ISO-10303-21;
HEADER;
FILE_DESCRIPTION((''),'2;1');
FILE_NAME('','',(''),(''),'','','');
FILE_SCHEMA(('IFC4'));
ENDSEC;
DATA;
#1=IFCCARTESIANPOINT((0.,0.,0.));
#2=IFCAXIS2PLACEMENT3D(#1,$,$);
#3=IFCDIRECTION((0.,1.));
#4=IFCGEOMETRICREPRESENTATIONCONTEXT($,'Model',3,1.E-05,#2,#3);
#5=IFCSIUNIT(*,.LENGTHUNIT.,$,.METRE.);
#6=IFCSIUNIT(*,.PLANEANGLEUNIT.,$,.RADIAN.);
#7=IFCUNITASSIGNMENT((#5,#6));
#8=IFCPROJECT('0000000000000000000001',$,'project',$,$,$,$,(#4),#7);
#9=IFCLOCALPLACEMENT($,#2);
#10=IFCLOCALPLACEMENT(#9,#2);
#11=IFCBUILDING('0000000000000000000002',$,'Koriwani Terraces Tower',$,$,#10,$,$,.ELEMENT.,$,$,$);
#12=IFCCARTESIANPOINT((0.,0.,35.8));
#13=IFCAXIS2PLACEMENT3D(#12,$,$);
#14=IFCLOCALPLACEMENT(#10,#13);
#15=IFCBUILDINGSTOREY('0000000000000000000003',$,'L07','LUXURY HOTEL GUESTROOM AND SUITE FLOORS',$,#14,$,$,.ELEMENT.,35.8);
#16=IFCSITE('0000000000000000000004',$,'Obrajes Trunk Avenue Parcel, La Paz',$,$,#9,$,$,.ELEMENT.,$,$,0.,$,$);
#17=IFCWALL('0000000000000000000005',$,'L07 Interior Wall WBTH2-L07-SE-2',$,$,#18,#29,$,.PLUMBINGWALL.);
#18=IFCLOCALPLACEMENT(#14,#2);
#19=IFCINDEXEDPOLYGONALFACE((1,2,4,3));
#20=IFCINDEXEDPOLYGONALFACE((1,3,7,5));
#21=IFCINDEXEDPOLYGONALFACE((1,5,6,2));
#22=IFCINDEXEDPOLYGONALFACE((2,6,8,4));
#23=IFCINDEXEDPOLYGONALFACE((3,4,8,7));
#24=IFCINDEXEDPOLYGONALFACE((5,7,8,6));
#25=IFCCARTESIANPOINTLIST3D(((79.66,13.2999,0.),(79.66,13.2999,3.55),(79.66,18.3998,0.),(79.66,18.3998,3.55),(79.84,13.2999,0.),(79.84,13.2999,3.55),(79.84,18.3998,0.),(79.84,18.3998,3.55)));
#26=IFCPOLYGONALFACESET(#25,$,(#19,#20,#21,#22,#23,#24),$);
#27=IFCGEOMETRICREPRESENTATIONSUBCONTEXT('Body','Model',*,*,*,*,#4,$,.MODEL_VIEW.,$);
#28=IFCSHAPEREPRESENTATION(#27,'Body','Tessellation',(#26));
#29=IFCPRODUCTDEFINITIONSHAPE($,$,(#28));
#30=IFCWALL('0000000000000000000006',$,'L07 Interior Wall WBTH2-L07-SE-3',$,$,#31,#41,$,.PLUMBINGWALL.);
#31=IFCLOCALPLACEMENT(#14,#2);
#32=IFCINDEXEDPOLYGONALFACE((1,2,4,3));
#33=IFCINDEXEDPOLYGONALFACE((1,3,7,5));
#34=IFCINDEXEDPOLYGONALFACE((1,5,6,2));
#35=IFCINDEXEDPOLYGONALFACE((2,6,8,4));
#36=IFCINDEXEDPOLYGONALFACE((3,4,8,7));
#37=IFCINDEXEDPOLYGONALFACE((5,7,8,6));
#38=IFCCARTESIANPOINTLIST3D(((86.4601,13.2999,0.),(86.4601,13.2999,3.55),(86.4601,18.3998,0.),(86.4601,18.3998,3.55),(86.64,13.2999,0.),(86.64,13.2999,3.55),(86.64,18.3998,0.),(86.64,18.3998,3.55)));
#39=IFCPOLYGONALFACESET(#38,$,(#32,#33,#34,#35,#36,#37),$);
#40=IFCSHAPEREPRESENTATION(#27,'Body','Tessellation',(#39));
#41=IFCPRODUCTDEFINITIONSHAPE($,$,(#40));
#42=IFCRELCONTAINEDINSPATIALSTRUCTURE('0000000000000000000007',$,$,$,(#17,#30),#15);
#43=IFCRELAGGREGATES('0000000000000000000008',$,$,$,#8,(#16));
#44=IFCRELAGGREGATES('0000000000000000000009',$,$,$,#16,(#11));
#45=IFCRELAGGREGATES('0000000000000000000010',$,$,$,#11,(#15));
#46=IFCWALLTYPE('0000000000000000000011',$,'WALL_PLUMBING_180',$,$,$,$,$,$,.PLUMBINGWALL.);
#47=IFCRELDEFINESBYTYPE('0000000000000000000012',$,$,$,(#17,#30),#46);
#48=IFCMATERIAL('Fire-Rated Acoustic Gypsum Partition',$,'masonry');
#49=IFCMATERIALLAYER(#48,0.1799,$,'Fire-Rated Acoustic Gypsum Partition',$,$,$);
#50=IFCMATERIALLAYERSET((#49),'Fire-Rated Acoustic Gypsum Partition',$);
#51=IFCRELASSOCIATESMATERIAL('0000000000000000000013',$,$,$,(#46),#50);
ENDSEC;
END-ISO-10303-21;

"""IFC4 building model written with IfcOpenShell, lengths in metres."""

from ifc_helpers import new_model, si_unit, direction, frame, frame_2d, origin, place, context, subcontext, project, spatial, rectangle, extrude, material, layer, layer_set, type_object, element, save


model = new_model("IFC4")

# Units and contexts
model_context = context("Model", 3, precision=1e-05, world=origin(), true_north=direction((0.0, 1.0)))
body_context = subcontext(model_context, "Body", "Model", "MODEL_VIEW")
ifc_project = project(units=[si_unit("LENGTHUNIT", "METRE"), si_unit("PLANEANGLEUNIT", "RADIAN")], contexts=[model_context])

# Site, building, storey
site_placement = place(None, origin())
site = spatial("IfcSite", under=ifc_project, at=site_placement, Name="Obrajes Trunk Avenue Parcel, La Paz", CompositionType="ELEMENT", RefElevation=0.0)
building_placement = place(site_placement, origin())
building = spatial("IfcBuilding", under=site, at=building_placement, Name="Koriwani Terraces Tower", CompositionType="ELEMENT")
storey_placement = place(building_placement, frame((0.0, 0.0, 35.8)))
storey = spatial("IfcBuildingStorey", under=building, at=storey_placement, Name="L07", Description="LUXURY HOTEL GUESTROOM AND SUITE FLOORS", CompositionType="ELEMENT", Elevation=35.8)

# Walls
ifc_material_1 = material(Name="Fire-Rated Acoustic Gypsum Partition", Category="masonry")
ifc_layer_1 = layer(ifc_material_1, 0.1799, Name="Fire-Rated Acoustic Gypsum Partition")
ifc_layer_set_1 = layer_set([ifc_layer_1], Name="Fire-Rated Acoustic Gypsum Partition")
wall_type_1 = type_object("IfcWallType", Name="WALL_PLUMBING_180", PredefinedType="PLUMBINGWALL", material=ifc_layer_set_1)
for number, where, z_axis, x_axis, name in (
    (1, (79.75, 13.3, 0.0), (0.0, 0.0, 1.0), (0.0, 1.0, 0.0), "L07 Interior Wall WBTH2-L07-SE-2"),
    (2, (86.55, 13.3, 0.0), (0.0, 0.0, 1.0), (0.0, 1.0, 0.0), "L07 Interior Wall WBTH2-L07-SE-3"),
):
    element("IfcWall", number, at=place(storey_placement, frame(where, z_axis=z_axis, x_axis=x_axis)), inside=storey, type_object=wall_type_1, Name=name, PredefinedType="PLUMBINGWALL", context=body_context, shape_type="SweptSolid", body=[
        extrude(rectangle(XDim=5.0999, YDim=0.1799, at=frame_2d((2.5498, 0.0))), origin(), (0.0, 0.0, 1.0), 3.55),
    ])

save(model, "model.ifc")
